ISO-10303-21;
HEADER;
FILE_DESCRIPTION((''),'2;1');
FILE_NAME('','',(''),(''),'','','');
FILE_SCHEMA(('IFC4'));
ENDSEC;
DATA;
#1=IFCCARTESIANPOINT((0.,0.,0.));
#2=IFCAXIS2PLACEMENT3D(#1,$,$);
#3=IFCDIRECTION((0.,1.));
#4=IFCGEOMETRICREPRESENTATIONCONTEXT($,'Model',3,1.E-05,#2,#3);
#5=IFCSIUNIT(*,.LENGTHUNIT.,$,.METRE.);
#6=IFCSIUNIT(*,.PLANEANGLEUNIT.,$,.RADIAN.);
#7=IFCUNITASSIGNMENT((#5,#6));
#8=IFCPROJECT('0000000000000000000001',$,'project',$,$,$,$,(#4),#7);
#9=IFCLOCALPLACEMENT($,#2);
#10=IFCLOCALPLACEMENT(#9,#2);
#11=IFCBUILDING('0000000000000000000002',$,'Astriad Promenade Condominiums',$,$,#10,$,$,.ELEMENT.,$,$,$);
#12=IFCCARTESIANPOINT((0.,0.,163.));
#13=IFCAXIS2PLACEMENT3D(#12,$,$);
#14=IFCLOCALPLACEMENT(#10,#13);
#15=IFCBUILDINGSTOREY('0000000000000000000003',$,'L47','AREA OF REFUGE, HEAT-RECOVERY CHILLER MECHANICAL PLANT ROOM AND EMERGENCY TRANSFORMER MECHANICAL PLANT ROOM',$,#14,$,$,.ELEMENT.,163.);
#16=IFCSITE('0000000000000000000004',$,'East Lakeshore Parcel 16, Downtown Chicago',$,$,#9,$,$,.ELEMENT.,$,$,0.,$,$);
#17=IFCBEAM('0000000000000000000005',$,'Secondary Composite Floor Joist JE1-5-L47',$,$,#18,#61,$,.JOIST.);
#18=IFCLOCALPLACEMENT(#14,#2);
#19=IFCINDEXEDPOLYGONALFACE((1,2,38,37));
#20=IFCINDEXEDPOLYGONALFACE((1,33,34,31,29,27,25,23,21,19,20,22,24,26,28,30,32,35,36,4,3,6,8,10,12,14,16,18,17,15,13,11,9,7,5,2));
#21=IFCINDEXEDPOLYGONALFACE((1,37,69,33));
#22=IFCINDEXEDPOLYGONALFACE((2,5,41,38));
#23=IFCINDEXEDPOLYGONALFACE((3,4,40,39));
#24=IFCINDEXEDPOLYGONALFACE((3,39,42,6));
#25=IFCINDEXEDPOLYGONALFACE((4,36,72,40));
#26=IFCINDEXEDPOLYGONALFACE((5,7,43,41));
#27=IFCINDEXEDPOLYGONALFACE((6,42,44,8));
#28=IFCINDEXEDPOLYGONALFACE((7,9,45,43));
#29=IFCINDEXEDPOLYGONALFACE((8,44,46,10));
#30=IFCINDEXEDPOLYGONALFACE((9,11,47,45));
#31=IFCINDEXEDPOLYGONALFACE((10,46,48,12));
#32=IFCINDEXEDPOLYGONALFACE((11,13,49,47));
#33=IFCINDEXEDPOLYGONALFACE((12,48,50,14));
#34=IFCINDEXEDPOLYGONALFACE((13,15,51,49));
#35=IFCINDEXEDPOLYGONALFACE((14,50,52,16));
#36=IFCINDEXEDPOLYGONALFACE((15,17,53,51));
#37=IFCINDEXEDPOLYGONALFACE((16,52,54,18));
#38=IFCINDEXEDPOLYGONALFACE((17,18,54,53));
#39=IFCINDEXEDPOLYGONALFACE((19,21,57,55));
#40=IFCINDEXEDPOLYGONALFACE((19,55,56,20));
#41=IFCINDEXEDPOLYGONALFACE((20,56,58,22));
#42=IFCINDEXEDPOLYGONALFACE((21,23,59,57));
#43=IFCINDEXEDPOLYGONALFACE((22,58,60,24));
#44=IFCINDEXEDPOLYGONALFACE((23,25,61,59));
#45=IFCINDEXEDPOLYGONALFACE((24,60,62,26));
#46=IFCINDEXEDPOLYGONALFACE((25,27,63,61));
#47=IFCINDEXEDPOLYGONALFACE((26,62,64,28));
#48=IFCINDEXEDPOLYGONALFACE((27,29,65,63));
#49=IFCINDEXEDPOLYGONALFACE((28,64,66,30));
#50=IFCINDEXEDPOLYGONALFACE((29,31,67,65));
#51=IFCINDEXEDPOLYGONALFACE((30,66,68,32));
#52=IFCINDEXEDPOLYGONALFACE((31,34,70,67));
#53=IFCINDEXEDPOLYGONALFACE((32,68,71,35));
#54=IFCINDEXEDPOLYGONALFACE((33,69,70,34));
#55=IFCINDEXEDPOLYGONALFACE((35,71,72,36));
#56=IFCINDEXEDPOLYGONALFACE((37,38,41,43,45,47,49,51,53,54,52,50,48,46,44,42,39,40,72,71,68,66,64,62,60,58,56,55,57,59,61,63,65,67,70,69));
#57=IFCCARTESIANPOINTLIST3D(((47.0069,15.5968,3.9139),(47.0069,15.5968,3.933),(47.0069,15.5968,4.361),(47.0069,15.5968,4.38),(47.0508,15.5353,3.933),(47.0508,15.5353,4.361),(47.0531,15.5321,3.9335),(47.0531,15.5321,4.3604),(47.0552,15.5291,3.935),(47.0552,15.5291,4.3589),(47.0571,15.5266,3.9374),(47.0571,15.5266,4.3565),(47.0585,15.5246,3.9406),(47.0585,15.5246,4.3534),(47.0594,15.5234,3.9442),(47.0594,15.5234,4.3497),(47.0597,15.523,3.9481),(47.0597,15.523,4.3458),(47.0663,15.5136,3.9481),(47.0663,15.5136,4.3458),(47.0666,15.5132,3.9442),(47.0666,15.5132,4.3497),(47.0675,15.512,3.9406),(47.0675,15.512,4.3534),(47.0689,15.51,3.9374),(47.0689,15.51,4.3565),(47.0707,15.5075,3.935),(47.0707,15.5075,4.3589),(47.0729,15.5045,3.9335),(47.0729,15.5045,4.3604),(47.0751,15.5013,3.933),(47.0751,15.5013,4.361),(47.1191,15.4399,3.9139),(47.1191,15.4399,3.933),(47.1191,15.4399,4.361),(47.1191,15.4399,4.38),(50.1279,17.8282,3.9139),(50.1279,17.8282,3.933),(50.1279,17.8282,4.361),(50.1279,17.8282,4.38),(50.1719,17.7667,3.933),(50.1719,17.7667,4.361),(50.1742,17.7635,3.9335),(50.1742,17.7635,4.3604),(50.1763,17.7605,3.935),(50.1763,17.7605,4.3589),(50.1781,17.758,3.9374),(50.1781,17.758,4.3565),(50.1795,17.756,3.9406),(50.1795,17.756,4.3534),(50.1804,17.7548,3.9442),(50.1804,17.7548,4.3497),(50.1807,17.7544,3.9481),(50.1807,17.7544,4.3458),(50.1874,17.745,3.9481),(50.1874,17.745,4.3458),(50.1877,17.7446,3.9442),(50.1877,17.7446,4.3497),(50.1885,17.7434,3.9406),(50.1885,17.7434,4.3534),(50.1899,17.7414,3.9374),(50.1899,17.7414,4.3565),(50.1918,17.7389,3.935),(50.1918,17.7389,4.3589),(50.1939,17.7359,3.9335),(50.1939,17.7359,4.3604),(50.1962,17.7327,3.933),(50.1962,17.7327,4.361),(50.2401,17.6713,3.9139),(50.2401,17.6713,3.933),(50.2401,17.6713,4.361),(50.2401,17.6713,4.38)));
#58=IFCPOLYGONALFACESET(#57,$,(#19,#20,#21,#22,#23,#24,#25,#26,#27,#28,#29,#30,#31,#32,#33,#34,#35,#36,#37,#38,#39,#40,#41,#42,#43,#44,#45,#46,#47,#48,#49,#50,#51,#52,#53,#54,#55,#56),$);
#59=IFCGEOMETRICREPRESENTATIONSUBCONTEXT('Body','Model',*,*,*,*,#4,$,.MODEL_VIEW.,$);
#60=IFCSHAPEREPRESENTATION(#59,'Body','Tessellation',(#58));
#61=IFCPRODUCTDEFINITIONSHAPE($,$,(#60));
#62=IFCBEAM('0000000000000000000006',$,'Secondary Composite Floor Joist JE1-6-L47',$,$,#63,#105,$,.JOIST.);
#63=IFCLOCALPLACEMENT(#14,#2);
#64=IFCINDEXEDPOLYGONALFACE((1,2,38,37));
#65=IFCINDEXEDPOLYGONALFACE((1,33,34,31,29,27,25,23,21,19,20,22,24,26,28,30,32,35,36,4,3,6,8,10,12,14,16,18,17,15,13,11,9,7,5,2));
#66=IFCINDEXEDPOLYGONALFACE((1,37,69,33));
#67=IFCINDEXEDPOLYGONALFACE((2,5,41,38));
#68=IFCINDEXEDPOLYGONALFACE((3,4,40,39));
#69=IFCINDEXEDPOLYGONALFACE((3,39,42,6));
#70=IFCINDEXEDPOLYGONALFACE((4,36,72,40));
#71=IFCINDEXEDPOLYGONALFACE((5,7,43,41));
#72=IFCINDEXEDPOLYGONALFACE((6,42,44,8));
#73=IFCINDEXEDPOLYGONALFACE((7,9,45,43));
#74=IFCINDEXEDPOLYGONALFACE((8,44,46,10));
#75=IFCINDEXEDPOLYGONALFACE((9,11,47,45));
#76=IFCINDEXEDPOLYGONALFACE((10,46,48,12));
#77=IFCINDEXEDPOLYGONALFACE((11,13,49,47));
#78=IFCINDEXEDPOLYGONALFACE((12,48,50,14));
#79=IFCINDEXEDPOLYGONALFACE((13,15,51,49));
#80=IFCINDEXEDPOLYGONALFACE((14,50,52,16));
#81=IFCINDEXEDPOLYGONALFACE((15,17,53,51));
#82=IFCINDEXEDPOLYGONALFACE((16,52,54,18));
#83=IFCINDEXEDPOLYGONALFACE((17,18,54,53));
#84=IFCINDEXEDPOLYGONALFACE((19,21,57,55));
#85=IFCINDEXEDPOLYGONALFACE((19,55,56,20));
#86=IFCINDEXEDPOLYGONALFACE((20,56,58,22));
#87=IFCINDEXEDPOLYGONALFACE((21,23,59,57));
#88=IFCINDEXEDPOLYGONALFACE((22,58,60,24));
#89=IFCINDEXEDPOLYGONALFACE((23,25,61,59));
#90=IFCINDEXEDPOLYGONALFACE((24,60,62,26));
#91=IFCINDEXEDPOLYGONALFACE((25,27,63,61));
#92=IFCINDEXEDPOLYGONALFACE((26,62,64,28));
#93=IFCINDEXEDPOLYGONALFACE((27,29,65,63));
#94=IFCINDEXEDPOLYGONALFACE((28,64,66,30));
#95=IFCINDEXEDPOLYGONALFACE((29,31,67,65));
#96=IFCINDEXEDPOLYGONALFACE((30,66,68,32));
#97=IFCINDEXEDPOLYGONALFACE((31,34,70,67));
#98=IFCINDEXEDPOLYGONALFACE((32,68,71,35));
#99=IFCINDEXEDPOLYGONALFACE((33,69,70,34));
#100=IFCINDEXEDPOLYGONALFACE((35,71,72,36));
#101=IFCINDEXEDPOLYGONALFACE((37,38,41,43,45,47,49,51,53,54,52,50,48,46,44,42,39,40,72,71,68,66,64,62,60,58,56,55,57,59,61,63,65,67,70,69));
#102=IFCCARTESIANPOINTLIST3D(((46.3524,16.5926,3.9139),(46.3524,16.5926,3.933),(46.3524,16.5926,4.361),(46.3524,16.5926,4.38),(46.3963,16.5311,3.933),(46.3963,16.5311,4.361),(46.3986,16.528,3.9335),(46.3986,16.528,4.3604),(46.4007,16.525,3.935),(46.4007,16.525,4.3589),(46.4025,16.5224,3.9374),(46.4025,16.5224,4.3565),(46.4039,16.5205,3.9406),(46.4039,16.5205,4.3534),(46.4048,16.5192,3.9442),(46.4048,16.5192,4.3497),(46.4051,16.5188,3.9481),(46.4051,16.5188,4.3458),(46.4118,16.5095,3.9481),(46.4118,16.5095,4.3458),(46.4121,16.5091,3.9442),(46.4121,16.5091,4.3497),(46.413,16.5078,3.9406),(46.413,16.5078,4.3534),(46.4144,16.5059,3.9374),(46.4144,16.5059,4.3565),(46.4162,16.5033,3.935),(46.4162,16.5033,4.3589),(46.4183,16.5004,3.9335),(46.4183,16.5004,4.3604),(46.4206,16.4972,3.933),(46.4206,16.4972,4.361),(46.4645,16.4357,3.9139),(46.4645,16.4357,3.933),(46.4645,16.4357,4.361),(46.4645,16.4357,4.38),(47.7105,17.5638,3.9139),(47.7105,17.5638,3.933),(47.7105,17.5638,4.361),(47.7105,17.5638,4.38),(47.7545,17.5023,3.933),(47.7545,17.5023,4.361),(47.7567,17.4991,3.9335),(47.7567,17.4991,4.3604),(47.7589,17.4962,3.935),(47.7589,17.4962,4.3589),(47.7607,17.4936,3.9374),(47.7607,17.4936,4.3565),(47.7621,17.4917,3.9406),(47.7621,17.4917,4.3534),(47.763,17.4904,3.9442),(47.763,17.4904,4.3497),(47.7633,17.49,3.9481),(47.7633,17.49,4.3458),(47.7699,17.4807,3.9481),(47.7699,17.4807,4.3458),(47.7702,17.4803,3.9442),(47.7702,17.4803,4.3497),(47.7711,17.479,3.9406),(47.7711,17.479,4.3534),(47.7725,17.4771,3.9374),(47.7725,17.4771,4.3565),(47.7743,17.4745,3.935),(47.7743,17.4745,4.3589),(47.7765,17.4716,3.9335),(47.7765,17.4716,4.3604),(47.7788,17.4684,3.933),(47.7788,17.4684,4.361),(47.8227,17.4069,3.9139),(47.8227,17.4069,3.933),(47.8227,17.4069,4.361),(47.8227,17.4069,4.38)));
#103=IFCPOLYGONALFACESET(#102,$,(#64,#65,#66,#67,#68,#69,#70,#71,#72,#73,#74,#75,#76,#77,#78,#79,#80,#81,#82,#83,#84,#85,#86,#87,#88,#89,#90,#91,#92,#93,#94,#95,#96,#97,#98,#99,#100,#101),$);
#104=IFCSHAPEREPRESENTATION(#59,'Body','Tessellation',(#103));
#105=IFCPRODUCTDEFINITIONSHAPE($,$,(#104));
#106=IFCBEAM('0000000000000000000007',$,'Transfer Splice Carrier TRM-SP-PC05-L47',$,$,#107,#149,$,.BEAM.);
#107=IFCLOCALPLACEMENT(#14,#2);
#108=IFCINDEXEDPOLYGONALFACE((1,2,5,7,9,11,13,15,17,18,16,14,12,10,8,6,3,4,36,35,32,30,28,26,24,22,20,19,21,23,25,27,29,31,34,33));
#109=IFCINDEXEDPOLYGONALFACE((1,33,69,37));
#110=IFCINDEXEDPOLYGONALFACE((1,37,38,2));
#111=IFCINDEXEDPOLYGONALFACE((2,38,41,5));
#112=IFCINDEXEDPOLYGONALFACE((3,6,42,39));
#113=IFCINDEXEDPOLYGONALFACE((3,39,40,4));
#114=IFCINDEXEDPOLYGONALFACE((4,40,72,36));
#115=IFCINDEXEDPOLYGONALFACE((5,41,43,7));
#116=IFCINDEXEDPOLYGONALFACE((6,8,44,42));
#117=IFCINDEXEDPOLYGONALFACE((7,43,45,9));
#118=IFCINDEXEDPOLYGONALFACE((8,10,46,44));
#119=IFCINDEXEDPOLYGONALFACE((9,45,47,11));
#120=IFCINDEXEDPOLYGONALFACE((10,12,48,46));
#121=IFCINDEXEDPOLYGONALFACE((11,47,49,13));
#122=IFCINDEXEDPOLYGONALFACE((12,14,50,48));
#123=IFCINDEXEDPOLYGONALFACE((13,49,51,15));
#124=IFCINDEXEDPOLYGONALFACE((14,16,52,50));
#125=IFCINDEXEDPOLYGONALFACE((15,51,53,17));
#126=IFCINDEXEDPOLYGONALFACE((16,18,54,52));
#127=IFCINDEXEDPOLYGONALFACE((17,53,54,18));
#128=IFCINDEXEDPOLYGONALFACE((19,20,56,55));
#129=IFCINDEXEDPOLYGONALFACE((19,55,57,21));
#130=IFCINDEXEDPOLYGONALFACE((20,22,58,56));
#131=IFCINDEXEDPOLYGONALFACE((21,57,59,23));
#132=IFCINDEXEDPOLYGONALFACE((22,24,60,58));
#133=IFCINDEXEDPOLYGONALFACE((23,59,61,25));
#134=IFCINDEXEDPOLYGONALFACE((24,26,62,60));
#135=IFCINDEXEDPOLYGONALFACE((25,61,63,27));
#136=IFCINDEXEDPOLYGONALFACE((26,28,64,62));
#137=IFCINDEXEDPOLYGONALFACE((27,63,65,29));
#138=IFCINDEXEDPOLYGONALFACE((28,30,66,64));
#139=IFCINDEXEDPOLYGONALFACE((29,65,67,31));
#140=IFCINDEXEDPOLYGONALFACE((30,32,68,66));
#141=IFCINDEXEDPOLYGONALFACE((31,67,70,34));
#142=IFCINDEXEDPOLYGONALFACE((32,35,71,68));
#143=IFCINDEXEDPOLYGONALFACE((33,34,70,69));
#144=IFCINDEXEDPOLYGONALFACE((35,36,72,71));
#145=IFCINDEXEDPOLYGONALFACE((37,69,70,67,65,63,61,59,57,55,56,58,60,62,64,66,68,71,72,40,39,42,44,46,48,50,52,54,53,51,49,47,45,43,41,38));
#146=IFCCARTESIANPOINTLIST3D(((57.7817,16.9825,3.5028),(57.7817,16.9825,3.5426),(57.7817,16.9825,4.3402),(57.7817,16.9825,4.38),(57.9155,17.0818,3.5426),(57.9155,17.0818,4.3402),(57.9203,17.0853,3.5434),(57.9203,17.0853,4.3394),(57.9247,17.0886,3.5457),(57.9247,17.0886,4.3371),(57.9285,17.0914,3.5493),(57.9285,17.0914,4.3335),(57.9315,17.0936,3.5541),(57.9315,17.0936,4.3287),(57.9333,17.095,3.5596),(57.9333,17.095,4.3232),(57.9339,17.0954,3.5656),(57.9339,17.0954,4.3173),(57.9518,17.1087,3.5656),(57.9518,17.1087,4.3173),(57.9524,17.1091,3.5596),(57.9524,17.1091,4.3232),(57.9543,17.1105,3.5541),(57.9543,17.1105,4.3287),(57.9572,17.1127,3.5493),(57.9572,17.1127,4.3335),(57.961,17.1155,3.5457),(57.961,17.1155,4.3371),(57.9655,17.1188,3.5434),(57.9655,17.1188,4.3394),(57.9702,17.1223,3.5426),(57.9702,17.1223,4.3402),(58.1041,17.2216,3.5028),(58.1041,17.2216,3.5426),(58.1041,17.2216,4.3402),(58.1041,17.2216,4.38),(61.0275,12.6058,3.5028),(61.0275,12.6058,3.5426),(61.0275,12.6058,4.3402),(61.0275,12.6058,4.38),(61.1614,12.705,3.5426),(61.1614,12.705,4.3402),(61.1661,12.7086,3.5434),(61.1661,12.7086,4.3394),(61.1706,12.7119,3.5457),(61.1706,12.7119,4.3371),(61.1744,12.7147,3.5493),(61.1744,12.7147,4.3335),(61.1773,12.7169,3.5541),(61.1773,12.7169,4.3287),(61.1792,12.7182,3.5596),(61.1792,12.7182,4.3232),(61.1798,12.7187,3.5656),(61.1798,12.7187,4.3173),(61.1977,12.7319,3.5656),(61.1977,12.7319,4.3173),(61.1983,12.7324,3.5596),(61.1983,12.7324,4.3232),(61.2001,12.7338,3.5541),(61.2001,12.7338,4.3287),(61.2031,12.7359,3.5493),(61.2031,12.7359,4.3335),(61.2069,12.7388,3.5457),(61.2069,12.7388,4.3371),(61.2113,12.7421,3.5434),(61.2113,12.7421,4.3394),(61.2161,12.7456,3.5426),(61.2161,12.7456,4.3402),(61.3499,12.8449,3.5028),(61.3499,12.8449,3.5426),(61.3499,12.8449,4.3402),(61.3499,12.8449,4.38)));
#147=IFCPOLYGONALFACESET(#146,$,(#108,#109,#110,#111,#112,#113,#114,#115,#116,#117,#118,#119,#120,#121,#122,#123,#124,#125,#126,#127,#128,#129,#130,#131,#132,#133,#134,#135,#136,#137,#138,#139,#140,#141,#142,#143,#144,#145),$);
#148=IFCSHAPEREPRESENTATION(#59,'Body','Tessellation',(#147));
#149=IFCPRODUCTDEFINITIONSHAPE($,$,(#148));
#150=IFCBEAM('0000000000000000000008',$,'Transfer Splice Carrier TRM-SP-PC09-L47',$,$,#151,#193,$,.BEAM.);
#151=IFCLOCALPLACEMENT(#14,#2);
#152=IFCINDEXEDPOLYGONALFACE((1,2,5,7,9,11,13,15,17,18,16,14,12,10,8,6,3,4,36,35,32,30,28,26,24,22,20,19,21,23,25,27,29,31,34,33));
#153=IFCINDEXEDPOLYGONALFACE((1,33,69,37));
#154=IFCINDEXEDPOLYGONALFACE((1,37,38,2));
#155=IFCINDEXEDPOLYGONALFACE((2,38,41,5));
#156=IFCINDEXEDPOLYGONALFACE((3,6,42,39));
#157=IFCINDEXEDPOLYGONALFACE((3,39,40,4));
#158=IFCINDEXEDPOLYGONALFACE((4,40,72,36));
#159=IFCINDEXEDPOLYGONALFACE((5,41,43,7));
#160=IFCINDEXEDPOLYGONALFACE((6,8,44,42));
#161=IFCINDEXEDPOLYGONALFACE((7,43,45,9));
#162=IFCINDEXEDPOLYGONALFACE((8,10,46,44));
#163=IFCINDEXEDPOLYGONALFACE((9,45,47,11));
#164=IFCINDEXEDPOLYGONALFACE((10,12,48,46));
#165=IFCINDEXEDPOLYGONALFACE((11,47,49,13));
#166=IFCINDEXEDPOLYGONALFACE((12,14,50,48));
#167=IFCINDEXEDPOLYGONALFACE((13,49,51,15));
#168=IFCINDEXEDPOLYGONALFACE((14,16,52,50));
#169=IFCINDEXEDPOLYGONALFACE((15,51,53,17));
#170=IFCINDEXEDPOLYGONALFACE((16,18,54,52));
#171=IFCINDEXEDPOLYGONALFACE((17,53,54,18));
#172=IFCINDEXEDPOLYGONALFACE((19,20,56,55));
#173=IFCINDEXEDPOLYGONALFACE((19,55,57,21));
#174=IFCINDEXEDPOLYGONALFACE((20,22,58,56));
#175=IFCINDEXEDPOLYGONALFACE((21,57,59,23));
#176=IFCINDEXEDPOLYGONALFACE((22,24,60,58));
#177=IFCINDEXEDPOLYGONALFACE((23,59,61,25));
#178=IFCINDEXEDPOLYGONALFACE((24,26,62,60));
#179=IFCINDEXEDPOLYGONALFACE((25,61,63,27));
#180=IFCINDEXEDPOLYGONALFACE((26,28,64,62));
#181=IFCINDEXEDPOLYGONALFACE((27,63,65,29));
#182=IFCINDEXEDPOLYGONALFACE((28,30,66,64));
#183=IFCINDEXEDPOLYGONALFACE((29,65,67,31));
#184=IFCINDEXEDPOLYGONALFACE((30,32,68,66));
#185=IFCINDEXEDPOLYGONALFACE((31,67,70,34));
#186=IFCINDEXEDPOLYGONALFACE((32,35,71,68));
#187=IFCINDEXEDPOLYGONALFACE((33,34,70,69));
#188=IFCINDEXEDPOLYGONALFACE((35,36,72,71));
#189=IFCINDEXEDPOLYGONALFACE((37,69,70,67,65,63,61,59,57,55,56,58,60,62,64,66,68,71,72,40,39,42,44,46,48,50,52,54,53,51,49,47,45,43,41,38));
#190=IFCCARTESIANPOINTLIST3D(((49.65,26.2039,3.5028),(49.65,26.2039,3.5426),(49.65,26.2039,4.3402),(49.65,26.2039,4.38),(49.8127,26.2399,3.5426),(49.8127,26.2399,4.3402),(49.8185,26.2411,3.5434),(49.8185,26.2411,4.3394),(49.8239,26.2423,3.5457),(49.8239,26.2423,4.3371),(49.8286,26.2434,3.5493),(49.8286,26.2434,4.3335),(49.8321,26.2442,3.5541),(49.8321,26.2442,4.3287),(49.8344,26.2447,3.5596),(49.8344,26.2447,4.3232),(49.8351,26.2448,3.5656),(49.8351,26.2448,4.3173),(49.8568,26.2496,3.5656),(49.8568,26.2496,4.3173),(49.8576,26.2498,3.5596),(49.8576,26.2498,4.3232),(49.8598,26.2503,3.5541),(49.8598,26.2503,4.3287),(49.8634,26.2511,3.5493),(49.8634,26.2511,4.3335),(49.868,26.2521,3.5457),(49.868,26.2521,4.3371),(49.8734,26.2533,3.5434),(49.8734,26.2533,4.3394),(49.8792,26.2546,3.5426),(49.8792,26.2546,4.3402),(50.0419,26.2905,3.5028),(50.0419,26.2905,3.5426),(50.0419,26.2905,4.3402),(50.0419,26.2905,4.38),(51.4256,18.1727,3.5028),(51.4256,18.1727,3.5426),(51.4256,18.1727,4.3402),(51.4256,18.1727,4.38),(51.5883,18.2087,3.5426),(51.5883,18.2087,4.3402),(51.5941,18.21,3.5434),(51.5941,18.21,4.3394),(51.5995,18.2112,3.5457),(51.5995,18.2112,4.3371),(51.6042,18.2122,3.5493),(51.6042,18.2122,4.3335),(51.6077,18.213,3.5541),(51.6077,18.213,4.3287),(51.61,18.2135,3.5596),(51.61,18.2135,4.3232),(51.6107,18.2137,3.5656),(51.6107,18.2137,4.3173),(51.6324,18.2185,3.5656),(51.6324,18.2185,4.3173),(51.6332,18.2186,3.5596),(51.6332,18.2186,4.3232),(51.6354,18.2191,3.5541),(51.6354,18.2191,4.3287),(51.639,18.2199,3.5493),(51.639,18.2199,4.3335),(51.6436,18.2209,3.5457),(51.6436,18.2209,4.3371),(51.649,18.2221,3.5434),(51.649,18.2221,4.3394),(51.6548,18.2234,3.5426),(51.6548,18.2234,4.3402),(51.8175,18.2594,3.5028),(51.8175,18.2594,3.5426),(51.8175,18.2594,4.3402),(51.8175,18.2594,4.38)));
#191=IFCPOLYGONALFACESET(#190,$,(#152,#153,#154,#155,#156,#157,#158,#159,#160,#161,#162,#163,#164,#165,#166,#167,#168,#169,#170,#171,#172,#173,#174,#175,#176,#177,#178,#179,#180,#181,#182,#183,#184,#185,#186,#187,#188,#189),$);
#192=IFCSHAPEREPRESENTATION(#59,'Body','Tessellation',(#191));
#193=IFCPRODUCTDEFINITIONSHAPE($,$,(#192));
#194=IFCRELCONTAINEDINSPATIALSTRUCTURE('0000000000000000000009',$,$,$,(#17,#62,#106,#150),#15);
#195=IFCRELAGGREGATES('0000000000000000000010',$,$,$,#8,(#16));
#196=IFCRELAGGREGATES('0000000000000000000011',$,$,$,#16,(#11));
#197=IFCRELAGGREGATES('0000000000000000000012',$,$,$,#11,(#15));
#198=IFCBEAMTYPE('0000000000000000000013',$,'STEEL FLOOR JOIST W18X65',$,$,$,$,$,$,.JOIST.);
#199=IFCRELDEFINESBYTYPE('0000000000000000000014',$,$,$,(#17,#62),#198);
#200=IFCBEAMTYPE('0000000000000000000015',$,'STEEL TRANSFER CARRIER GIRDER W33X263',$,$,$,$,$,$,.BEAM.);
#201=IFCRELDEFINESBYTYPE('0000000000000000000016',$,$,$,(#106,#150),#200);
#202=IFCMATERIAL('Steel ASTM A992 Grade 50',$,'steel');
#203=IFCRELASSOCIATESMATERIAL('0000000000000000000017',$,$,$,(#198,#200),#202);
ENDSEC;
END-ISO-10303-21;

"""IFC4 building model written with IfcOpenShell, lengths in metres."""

from ifc_helpers import new_model, si_unit, direction, frame, origin, origin_2d, place, context, subcontext, project, spatial, i_section, extrude, source, transform, mapped, material, material_profile, profile_set, type_object, type_shapes, element, save


model = new_model("IFC4")

# Units and contexts
model_context = context("Model", 3, precision=1e-05, world=origin(), true_north=direction((0.0, 1.0)))
body_context = subcontext(model_context, "Body", "Model", "MODEL_VIEW")
ifc_project = project(units=[si_unit("LENGTHUNIT", "METRE"), si_unit("PLANEANGLEUNIT", "RADIAN")], contexts=[model_context])

# Site, building, storey
site_placement = place(None, origin())
site = spatial("IfcSite", under=ifc_project, at=site_placement, Name="East Lakeshore Parcel 16, Downtown Chicago", CompositionType="ELEMENT", RefElevation=0.0)
building_placement = place(site_placement, origin())
building = spatial("IfcBuilding", under=site, at=building_placement, Name="Astriad Promenade Condominiums", CompositionType="ELEMENT")
storey_placement = place(building_placement, frame((0.0, 0.0, 163.0)))
storey = spatial("IfcBuildingStorey", under=building, at=storey_placement, Name="L47", Description="AREA OF REFUGE, HEAT-RECOVERY CHILLER MECHANICAL PLANT ROOM AND EMERGENCY TRANSFORMER MECHANICAL PLANT ROOM", CompositionType="ELEMENT", Elevation=163.0)

# Shared definitions
ifc_material_1 = material(Name="Steel ASTM A992 Grade 50", Category="steel")

# Beams
ifc_material_profile_1 = material_profile(ifc_material_1, i_section(OverallWidth=0.1929, OverallDepth=0.4661, WebThickness=0.0115, FlangeThickness=0.019, FilletRadius=0.0151, at=origin_2d()), Name="W18X65")
ifc_profile_set_1 = profile_set([ifc_material_profile_1], Name="Steel ASTM A992 Grade 50")
beam_type_1 = type_object("IfcBeamType", Name="STEEL FLOOR JOIST W18X65", PredefinedType="JOIST", material=ifc_profile_set_1)
shared_shape_1 = source(origin(), body_context, "Body", "SweptSolid", [
    extrude(i_section(OverallWidth=0.1929, OverallDepth=0.4661, WebThickness=0.0115, FlangeThickness=0.019, FilletRadius=0.0151, at=origin_2d()), origin(), (0.0, 0.0, 1.0), 3.8367),
])
beam_1_placement = place(storey_placement, frame((47.063, 15.5183, 4.147), z_axis=(0.813475, 0.581599, 0.0), x_axis=(-0.581599, 0.813475, 0.0)))
element("IfcBeam", 1, at=beam_1_placement, inside=storey, type_object=beam_type_1, Name="Secondary Composite Floor Joist JE1-5-L47", PredefinedType="JOIST", context=body_context, shape_type="MappedRepresentation", body=[
    mapped(shared_shape_1, transform((0.0, 0.0, 0.0), scale=1.0)),
])
shared_shape_2 = source(origin(), body_context, "Body", "SweptSolid", [
    extrude(i_section(OverallWidth=0.1929, OverallDepth=0.4661, WebThickness=0.0115, FlangeThickness=0.019, FilletRadius=0.0151, at=origin_2d()), origin(), (0.0, 0.0, 1.0), 1.6697),
])
type_shapes(beam_type_1, [shared_shape_1, shared_shape_2])
beam_2_placement = place(storey_placement, frame((46.4084, 16.5142, 4.147), z_axis=(0.813427, 0.581667, 0.0), x_axis=(-0.581667, 0.813427, 0.0)))
element("IfcBeam", 2, at=beam_2_placement, inside=storey, type_object=beam_type_1, Name="Secondary Composite Floor Joist JE1-6-L47", PredefinedType="JOIST", context=body_context, shape_type="MappedRepresentation", body=[
    mapped(shared_shape_2, transform((0.0, 0.0, 0.0), scale=1.0)),
])
ifc_material_profile_2 = material_profile(ifc_material_1, i_section(OverallWidth=0.4014, OverallDepth=0.8772, WebThickness=0.0222, FlangeThickness=0.0398, FilletRadius=0.0229, at=origin_2d()), Name="W33X263")
ifc_profile_set_2 = profile_set([ifc_material_profile_2], Name="Steel ASTM A992 Grade 50")
beam_type_2 = type_object("IfcBeamType", Name="STEEL TRANSFER CARRIER GIRDER W33X263", PredefinedType="BEAM", material=ifc_profile_set_2)
shared_shape_3 = source(origin(), body_context, "Body", "SweptSolid", [
    extrude(i_section(OverallWidth=0.4014, OverallDepth=0.8772, WebThickness=0.0222, FlangeThickness=0.0398, FilletRadius=0.0229, at=origin_2d()), origin(), (0.0, 0.0, 1.0), 5.449),
])
beam_3_placement = place(storey_placement, frame((57.9429, 17.1021, 3.9414), z_axis=(0.595683, -0.80322, 0.0), x_axis=(0.80322, 0.595683, 0.0)))
element("IfcBeam", 3, at=beam_3_placement, inside=storey, type_object=beam_type_2, Name="Transfer Splice Carrier TRM-SP-PC05-L47", PredefinedType="BEAM", context=body_context, shape_type="MappedRepresentation", body=[
    mapped(shared_shape_3, transform((0.0, 0.0, 0.0), scale=1.0)),
])
shared_shape_4 = source(origin(), body_context, "Body", "SweptSolid", [
    extrude(i_section(OverallWidth=0.4014, OverallDepth=0.8772, WebThickness=0.0222, FlangeThickness=0.0398, FilletRadius=0.0229, at=origin_2d()), origin(), (0.0, 0.0, 1.0), 8.2251),
])
beam_4_placement = place(storey_placement, frame((51.6216, 18.2161, 3.9414), z_axis=(-0.215877, 0.97642, 0.0), x_axis=(-0.97642, -0.215877, 0.0)))
element("IfcBeam", 4, at=beam_4_placement, inside=storey, type_object=beam_type_2, Name="Transfer Splice Carrier TRM-SP-PC09-L47", PredefinedType="BEAM", context=body_context, shape_type="MappedRepresentation", body=[
    mapped(shared_shape_4, transform((0.0, 0.0, 0.0), scale=1.0)),
])

save(model, "model.ifc")
